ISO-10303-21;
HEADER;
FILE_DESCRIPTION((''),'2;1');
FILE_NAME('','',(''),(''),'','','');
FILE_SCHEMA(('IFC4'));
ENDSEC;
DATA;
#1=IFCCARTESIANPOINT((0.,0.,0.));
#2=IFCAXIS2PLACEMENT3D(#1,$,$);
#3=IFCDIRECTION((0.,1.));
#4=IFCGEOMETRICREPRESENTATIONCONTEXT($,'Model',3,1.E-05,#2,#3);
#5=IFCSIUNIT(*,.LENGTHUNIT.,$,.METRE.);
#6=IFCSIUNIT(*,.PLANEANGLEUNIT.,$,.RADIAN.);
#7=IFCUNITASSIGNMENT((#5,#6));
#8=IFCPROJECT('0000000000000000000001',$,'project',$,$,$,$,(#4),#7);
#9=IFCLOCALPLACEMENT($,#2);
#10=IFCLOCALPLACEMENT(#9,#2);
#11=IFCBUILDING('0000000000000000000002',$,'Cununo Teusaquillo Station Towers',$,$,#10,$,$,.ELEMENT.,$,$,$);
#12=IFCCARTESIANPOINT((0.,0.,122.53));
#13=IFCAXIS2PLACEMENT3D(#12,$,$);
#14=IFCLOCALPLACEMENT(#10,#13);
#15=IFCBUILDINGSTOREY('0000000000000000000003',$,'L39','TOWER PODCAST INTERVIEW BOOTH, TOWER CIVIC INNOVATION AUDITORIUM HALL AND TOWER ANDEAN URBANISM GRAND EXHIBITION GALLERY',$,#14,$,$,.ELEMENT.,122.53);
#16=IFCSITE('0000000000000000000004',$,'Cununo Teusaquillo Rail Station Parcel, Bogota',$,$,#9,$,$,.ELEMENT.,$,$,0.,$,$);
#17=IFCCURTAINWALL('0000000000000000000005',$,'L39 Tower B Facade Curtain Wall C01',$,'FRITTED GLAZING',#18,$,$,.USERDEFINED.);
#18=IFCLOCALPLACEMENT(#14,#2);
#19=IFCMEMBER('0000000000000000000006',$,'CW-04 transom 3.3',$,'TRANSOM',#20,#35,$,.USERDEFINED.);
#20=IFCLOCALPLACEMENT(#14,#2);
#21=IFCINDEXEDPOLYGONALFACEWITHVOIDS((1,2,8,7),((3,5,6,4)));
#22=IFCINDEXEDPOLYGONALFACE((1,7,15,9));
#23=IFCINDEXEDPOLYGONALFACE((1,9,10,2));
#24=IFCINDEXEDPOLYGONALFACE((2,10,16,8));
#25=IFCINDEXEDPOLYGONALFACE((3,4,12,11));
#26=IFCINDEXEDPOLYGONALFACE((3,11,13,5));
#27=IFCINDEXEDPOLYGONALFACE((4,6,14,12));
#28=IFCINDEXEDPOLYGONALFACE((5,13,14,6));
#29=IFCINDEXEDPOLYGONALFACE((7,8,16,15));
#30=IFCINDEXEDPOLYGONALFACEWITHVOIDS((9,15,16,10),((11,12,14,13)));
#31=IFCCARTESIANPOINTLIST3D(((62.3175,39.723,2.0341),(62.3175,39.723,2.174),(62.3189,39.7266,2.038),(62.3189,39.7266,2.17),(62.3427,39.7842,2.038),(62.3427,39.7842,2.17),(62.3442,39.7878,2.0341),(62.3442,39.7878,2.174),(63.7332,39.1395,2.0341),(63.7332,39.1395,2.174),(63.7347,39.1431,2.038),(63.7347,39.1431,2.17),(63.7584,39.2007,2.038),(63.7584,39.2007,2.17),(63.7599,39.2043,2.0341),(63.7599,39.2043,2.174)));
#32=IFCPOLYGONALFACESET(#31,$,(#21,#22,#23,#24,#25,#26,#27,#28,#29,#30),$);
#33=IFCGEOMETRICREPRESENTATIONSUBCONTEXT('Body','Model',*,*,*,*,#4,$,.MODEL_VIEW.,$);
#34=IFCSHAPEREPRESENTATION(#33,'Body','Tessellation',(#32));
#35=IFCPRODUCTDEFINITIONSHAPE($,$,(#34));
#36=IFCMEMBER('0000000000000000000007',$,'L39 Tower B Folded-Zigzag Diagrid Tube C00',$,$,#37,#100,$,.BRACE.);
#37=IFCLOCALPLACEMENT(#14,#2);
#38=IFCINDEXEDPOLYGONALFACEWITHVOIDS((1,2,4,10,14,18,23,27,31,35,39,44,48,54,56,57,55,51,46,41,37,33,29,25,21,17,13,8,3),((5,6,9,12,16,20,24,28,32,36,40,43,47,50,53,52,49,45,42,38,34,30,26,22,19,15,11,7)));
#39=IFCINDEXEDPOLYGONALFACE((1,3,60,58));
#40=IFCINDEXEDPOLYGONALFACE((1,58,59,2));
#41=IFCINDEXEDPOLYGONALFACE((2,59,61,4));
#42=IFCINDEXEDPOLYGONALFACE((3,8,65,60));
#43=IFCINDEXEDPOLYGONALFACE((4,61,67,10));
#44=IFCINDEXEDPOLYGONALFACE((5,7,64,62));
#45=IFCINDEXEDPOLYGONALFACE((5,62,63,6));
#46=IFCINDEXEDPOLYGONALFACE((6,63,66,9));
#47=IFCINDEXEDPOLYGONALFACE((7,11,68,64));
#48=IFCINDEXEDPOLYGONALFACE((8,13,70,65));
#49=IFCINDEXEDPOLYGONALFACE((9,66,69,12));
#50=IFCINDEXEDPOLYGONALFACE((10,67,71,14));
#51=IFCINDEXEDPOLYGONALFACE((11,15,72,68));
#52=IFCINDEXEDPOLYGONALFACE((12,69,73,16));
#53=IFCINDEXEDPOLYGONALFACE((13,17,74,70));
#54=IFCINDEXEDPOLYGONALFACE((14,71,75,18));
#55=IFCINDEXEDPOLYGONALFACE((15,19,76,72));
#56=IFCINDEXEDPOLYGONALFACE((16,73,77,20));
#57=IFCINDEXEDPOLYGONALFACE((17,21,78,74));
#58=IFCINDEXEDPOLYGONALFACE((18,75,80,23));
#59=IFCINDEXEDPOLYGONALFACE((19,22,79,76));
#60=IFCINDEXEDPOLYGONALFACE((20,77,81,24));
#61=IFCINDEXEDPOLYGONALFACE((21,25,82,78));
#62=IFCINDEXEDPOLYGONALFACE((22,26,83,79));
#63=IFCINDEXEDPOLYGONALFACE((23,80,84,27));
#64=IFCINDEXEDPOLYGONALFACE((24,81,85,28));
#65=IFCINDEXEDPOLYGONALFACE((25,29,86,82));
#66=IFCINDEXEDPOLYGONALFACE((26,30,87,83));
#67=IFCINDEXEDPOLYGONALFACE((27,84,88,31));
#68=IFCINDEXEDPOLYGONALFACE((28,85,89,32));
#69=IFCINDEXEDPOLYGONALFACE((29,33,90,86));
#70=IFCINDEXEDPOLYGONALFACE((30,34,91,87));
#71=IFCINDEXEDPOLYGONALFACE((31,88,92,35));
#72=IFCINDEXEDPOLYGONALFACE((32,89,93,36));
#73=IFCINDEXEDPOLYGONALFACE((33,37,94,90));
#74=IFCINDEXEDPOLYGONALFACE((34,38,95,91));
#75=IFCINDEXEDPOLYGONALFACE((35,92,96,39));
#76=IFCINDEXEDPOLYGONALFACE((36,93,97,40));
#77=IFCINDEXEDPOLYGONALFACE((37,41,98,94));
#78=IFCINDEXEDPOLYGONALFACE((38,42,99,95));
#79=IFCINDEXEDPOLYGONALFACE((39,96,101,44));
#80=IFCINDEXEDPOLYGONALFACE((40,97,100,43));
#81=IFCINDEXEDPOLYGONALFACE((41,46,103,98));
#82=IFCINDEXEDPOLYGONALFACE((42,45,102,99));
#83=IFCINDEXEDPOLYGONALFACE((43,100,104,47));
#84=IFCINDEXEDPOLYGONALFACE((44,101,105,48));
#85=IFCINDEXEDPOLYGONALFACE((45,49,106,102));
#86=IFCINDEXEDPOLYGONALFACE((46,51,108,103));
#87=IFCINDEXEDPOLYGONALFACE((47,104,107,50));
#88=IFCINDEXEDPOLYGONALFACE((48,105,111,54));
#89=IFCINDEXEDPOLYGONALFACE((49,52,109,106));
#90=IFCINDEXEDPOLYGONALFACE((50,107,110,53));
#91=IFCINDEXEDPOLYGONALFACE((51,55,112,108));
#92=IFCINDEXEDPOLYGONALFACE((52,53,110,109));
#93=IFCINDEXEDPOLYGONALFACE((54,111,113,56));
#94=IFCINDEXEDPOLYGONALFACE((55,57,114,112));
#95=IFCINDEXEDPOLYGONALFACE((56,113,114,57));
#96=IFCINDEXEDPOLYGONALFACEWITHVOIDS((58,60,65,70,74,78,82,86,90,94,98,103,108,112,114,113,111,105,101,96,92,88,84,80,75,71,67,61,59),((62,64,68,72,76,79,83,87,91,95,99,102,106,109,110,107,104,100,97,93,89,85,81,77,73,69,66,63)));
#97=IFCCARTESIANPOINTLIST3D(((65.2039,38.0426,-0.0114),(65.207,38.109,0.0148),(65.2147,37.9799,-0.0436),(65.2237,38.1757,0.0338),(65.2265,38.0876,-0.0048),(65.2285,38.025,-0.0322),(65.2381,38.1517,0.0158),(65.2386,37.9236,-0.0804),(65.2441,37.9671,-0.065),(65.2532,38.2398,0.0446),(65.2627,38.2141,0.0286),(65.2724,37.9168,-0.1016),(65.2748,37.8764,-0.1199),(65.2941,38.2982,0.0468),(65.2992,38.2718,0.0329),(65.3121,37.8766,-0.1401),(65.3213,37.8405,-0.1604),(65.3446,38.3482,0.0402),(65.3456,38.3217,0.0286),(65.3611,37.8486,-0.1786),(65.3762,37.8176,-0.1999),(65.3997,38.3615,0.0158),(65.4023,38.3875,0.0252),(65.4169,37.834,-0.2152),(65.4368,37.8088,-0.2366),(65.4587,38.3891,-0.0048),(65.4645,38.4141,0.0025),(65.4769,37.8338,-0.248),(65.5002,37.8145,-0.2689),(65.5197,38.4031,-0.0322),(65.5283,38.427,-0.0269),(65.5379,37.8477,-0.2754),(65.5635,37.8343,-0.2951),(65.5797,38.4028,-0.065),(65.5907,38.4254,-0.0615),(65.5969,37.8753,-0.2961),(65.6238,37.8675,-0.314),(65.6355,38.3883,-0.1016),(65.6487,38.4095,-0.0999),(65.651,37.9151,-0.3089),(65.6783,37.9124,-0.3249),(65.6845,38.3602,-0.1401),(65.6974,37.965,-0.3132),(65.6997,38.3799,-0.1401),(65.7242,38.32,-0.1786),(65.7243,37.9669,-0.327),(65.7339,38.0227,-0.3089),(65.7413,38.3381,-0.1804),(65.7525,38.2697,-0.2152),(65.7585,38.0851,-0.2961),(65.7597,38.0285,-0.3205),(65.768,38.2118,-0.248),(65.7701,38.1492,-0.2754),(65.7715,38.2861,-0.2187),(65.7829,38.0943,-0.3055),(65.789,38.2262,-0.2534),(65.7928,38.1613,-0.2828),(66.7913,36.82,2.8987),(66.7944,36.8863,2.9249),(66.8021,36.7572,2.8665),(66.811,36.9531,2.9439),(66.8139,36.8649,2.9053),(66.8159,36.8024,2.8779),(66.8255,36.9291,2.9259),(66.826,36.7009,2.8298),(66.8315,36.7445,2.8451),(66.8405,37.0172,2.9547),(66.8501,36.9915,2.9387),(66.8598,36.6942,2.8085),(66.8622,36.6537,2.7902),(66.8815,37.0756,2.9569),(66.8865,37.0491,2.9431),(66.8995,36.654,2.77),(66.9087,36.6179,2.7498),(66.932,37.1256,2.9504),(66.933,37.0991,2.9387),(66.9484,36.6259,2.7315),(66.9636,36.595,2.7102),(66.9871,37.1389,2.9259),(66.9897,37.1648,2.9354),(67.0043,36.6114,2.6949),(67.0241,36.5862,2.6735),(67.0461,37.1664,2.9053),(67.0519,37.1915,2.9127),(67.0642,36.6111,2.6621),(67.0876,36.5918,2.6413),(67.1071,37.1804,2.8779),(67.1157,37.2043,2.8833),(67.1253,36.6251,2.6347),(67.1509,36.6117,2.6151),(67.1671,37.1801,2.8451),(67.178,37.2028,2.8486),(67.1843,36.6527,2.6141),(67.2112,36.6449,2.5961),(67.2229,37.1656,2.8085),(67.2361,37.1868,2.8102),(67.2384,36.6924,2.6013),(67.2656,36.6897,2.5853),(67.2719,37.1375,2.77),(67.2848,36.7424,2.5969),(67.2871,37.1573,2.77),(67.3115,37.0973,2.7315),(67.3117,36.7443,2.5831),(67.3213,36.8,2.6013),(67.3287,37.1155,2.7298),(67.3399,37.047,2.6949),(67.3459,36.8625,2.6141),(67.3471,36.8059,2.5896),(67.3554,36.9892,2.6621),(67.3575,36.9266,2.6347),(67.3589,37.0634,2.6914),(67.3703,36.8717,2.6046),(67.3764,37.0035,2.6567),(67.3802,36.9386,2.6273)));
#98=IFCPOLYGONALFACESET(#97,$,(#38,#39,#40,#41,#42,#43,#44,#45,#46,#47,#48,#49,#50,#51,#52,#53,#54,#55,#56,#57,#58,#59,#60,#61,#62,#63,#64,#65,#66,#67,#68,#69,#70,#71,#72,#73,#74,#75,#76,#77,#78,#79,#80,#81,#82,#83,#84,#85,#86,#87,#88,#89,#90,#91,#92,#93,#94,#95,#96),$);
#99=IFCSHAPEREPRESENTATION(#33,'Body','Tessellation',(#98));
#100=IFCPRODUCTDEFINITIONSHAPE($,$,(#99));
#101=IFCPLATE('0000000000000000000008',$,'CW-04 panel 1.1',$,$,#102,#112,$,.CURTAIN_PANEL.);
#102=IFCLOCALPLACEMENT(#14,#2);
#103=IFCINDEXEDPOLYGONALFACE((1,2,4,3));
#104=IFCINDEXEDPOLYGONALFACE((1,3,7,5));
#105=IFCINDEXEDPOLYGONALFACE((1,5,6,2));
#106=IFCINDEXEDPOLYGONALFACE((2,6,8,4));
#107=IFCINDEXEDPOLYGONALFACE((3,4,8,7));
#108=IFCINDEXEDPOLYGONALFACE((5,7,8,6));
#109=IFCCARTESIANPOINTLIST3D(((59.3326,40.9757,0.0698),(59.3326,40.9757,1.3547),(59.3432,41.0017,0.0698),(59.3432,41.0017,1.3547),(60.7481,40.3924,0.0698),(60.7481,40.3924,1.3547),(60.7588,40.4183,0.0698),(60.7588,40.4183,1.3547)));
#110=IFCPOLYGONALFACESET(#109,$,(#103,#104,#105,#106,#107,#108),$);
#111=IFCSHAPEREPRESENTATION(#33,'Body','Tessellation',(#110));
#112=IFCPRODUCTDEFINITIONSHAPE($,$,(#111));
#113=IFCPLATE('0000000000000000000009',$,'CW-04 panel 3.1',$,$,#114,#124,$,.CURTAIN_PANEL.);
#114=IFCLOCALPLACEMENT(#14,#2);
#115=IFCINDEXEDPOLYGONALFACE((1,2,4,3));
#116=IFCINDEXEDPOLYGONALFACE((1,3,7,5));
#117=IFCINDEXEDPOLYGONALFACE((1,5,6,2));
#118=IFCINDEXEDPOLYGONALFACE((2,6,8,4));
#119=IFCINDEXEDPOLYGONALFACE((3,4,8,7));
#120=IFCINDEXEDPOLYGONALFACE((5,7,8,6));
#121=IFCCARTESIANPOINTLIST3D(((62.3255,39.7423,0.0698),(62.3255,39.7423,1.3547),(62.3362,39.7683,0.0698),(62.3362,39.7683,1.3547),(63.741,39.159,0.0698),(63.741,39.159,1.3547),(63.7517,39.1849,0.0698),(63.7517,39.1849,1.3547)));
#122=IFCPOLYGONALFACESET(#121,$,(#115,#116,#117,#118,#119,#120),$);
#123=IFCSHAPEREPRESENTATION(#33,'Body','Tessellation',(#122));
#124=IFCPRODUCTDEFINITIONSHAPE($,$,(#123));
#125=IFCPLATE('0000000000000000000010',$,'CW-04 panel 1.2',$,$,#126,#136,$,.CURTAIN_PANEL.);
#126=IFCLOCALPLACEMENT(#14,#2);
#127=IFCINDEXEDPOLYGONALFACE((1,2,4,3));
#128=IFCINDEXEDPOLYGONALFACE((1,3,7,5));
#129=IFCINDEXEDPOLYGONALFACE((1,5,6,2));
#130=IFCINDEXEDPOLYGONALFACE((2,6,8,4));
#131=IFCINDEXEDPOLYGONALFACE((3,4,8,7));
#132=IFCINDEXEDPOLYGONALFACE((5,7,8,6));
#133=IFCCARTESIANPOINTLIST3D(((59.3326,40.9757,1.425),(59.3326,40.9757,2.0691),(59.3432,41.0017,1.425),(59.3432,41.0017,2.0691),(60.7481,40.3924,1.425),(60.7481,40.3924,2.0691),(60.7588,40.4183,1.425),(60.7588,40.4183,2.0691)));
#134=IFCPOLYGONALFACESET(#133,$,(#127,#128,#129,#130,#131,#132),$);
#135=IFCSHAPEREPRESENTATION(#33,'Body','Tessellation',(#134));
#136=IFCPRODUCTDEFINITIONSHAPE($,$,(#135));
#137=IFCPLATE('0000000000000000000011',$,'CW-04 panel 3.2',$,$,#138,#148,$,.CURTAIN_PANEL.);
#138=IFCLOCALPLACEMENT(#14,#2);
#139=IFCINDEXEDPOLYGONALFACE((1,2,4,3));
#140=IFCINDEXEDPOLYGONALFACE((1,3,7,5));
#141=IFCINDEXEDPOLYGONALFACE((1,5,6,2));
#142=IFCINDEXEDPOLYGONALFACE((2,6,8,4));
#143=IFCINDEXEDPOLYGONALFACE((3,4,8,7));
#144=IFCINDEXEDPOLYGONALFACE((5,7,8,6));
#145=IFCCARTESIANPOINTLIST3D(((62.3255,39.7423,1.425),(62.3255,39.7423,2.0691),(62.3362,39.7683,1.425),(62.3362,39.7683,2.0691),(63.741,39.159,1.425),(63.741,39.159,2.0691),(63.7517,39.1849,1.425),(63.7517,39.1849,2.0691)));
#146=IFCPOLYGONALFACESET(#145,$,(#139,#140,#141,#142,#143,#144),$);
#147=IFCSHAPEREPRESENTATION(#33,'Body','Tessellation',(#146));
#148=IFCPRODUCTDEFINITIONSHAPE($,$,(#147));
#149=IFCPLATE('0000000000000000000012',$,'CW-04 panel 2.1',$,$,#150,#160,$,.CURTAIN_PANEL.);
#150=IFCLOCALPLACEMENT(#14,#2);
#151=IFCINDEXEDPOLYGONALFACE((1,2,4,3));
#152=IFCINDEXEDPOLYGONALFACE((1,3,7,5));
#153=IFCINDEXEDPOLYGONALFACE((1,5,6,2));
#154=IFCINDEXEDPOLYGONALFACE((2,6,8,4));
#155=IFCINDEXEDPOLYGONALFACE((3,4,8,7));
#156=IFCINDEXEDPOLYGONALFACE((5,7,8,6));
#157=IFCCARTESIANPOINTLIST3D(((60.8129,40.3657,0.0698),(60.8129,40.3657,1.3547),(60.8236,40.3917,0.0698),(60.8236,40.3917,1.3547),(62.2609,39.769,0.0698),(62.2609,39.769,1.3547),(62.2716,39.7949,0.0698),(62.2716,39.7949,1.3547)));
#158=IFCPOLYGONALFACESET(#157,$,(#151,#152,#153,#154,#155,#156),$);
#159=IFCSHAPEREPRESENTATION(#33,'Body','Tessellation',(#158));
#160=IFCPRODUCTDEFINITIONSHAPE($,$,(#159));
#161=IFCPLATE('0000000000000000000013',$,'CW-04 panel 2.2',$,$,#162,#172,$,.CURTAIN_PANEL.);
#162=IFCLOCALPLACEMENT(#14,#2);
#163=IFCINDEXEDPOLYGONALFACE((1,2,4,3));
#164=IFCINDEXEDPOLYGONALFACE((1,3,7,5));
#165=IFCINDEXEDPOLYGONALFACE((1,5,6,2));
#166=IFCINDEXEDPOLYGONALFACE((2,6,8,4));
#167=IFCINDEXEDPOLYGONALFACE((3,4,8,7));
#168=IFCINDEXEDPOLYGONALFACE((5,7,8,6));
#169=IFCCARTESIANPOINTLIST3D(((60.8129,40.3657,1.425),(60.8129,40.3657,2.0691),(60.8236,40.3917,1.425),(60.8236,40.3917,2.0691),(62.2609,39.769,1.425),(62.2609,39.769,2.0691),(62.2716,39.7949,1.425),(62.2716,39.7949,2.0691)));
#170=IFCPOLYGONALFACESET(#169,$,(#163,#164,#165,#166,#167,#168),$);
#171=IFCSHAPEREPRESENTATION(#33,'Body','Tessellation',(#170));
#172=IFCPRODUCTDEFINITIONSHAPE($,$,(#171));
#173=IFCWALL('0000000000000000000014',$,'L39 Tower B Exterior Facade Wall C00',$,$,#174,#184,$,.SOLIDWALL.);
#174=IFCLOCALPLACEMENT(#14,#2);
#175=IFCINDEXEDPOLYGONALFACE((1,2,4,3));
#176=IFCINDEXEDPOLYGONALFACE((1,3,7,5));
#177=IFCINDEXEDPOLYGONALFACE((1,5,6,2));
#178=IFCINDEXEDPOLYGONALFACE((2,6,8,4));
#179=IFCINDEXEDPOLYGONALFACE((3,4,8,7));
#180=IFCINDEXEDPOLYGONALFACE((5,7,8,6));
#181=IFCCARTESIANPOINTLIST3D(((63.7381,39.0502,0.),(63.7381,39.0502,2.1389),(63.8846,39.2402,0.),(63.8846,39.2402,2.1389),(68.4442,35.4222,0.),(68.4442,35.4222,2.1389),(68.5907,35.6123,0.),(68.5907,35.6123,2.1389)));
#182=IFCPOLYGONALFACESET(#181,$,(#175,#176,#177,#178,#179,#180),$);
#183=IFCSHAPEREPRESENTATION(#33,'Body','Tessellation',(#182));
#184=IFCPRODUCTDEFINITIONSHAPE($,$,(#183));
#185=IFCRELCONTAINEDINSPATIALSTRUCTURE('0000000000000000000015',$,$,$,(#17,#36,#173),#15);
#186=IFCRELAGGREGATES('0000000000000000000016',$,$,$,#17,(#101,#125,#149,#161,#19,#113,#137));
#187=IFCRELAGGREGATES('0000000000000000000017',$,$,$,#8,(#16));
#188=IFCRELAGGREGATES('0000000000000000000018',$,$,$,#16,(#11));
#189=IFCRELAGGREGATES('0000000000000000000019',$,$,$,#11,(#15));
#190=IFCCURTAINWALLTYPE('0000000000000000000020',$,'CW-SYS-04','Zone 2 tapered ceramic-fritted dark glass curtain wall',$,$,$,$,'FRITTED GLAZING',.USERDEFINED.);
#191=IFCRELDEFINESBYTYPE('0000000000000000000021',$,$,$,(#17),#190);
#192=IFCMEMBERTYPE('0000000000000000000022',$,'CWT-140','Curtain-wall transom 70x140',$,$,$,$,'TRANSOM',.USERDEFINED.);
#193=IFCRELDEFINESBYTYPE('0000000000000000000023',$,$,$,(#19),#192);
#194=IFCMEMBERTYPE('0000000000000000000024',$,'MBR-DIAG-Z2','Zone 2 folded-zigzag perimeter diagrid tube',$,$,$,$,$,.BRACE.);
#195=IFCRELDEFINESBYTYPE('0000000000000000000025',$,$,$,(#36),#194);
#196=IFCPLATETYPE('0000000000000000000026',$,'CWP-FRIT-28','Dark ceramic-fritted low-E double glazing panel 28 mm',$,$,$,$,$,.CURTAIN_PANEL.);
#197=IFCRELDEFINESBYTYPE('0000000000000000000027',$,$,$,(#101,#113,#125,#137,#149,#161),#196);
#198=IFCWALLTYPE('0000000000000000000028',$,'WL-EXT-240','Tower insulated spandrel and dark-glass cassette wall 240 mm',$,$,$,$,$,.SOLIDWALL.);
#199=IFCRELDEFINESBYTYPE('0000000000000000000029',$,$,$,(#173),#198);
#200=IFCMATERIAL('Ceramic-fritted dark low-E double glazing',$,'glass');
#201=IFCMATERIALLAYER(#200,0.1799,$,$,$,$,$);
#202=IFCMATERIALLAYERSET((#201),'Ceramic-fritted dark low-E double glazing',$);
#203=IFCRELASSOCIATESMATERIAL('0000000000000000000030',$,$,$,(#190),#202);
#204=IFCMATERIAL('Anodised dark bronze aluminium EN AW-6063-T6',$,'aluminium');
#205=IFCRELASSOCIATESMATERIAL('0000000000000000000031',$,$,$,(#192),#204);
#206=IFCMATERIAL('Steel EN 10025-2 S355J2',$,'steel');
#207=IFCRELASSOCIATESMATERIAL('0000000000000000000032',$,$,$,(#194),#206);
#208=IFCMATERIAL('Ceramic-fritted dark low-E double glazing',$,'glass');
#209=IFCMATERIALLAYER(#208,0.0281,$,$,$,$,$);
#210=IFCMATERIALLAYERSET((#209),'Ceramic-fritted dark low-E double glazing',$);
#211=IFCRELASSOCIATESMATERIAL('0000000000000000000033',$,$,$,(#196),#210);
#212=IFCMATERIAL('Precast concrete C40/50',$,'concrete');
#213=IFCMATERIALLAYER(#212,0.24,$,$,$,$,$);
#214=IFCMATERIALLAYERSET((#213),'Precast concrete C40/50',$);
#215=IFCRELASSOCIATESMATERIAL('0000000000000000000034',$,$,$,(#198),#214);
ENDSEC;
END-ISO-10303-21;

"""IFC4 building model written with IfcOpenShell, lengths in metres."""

from ifc_helpers import new_model, si_unit, direction, frame, frame_2d, origin, origin_2d, place, context, subcontext, project, spatial, rectangle, hollow_rectangle, hollow_circle, extrude, source, transform, mapped, material, layer, layer_set, material_profile, profile_set, type_object, element, aggregate, save


model = new_model("IFC4")

# Units and contexts
model_context = context("Model", 3, precision=1e-05, world=origin(), true_north=direction((0.0, 1.0)))
body_context = subcontext(model_context, "Body", "Model", "MODEL_VIEW")
ifc_project = project(units=[si_unit("LENGTHUNIT", "METRE"), si_unit("PLANEANGLEUNIT", "RADIAN")], contexts=[model_context])

# Site, building, storey
site_placement = place(None, origin())
site = spatial("IfcSite", under=ifc_project, at=site_placement, Name="Cununo Teusaquillo Rail Station Parcel, Bogota", CompositionType="ELEMENT", RefElevation=0.0)
building_placement = place(site_placement, origin())
building = spatial("IfcBuilding", under=site, at=building_placement, Name="Cununo Teusaquillo Station Towers", CompositionType="ELEMENT")
storey_placement = place(building_placement, frame((0.0, 0.0, 122.53)))
storey = spatial("IfcBuildingStorey", under=building, at=storey_placement, Name="L39", Description="TOWER PODCAST INTERVIEW BOOTH, TOWER CIVIC INNOVATION AUDITORIUM HALL AND TOWER ANDEAN URBANISM GRAND EXHIBITION GALLERY", CompositionType="ELEMENT", Elevation=122.53)

# Curtain wall, member
ifc_material_1 = material(Name="Ceramic-fritted dark low-E double glazing", Category="glass")
ifc_layer_1 = layer(ifc_material_1, 0.1799)
ifc_layer_set_1 = layer_set([ifc_layer_1], Name="Ceramic-fritted dark low-E double glazing")
curtain_wall_type = type_object("IfcCurtainWallType", Name="CW-SYS-04", Description="Zone 2 tapered ceramic-fritted dark glass curtain wall", ElementType="FRITTED GLAZING", PredefinedType="USERDEFINED", material=ifc_layer_set_1)
curtain_wall_placement = place(storey_placement, origin())
curtain_wall = element("IfcCurtainWall", 1, at=curtain_wall_placement, inside=storey, type_object=curtain_wall_type, Name="L39 Tower B Facade Curtain Wall C01", ObjectType="FRITTED GLAZING", PredefinedType="USERDEFINED")
ifc_material_2 = material(Name="Anodised dark bronze aluminium EN AW-6063-T6", Category="aluminium")
ifc_material_profile_1 = material_profile(ifc_material_2, hollow_rectangle(XDim=0.0701, YDim=0.1399, WallThickness=0.0039, at=origin_2d()), Name="CW-TRAN-70x140")
ifc_profile_set_1 = profile_set([ifc_material_profile_1], Name="Anodised dark bronze aluminium EN AW-6063-T6")
member_type_1 = type_object("IfcMemberType", Name="CWT-140", Description="Curtain-wall transom 70x140", ElementType="TRANSOM", PredefinedType="USERDEFINED", material=ifc_profile_set_1)
member_1_placement = place(storey_placement, frame((62.3308, 39.7554, 2.104), z_axis=(0.924556, -0.381046, 0.0), x_axis=(0.381046, 0.924556, 0.0)))
member_1 = element("IfcMember", 2, at=member_1_placement, type_object=member_type_1, Name="CW-04 transom 3.3", ObjectType="TRANSOM", PredefinedType="USERDEFINED", context=body_context, shape_type="SweptSolid", body=[
    extrude(hollow_rectangle(XDim=0.0701, YDim=0.1399, WallThickness=0.0039, at=origin_2d()), origin(), (0.0, 0.0, 1.0), 1.5312),
])

# Member
ifc_material_3 = material(Name="Steel EN 10025-2 S355J2", Category="steel")
ifc_material_profile_2 = material_profile(ifc_material_3, hollow_circle(Radius=0.3301, WallThickness=0.0249, at=origin_2d()), Name="CHS 660x25")
ifc_profile_set_2 = profile_set([ifc_material_profile_2], Name="Steel EN 10025-2 S355J2")
member_type_2 = type_object("IfcMemberType", Name="MBR-DIAG-Z2", Description="Zone 2 folded-zigzag perimeter diagrid tube", PredefinedType="BRACE", material=ifc_profile_set_2)
member_2_placement = place(storey_placement, frame((65.4983, 38.1184, -0.1401), z_axis=(0.449277, -0.346044, 0.823652), x_axis=(0.610205, 0.792243, 0.0)))
element("IfcMember", 3, at=member_2_placement, inside=storey, type_object=member_type_2, Name="L39 Tower B Folded-Zigzag Diagrid Tube C00", PredefinedType="BRACE", context=body_context, shape_type="SweptSolid", body=[
    extrude(hollow_circle(Radius=0.3301, WallThickness=0.0249, at=origin_2d()), origin(), (0.0, 0.0, 1.0), 3.5332),
])

# Plates
ifc_material_4 = material(Name="Ceramic-fritted dark low-E double glazing", Category="glass")
ifc_layer_2 = layer(ifc_material_4, 0.0281)
ifc_layer_set_2 = layer_set([ifc_layer_2], Name="Ceramic-fritted dark low-E double glazing")
plate_type = type_object("IfcPlateType", Name="CWP-FRIT-28", Description="Dark ceramic-fritted low-E double glazing panel 28 mm", PredefinedType="CURTAIN_PANEL", material=ifc_layer_set_2)
shared_shape_1 = source(origin(), body_context, "Body", "SweptSolid", [
    extrude(rectangle(XDim=1.531, YDim=0.0281, at=origin_2d()), origin(), (0.0, 0.0, 1.0), 1.2849),
])
plate_1_placement = place(storey_placement, frame((60.0457, 40.697, 0.0698), z_axis=(0.0, 0.0, 1.0), x_axis=(0.924562, -0.381031, 0.0)))
plate_1 = element("IfcPlate", 4, at=plate_1_placement, type_object=plate_type, Name="CW-04 panel 1.1", PredefinedType="CURTAIN_PANEL", context=body_context, shape_type="MappedRepresentation", body=[
    mapped(shared_shape_1, transform((0.0, 0.0, 0.0), x_axis=(1.0, 0.0, 0.0), y_axis=(0.0, 1.0, 0.0), z_axis=(0.0, 0.0, 1.0), scale=1.0)),
])
plate_2_placement = place(storey_placement, frame((63.0386, 39.4636, 0.0698), z_axis=(0.0, 0.0, 1.0), x_axis=(0.924562, -0.381031, 0.0)))
plate_2 = element("IfcPlate", 5, at=plate_2_placement, type_object=plate_type, Name="CW-04 panel 3.1", PredefinedType="CURTAIN_PANEL", context=body_context, shape_type="MappedRepresentation", body=[
    mapped(shared_shape_1, transform((0.0, 0.0, 0.0), x_axis=(1.0, 0.0, 0.0), y_axis=(0.0, 1.0, 0.0), z_axis=(0.0, 0.0, 1.0), scale=1.0)),
])
shared_shape_2 = source(origin(), body_context, "Body", "SweptSolid", [
    extrude(rectangle(XDim=1.531, YDim=0.0281, at=origin_2d()), origin(), (0.0, 0.0, 1.0), 0.644),
])
plate_3_placement = place(storey_placement, frame((60.0457, 40.697, 1.425), z_axis=(0.0, 0.0, 1.0), x_axis=(0.924562, -0.381031, 0.0)))
plate_3 = element("IfcPlate", 6, at=plate_3_placement, type_object=plate_type, Name="CW-04 panel 1.2", PredefinedType="CURTAIN_PANEL", context=body_context, shape_type="MappedRepresentation", body=[
    mapped(shared_shape_2, transform((0.0, 0.0, 0.0), x_axis=(1.0, 0.0, 0.0), y_axis=(0.0, 1.0, 0.0), z_axis=(0.0, 0.0, 1.0), scale=1.0)),
])
plate_4_placement = place(storey_placement, frame((63.0386, 39.4636, 1.425), z_axis=(0.0, 0.0, 1.0), x_axis=(0.924562, -0.381031, 0.0)))
plate_4 = element("IfcPlate", 7, at=plate_4_placement, type_object=plate_type, Name="CW-04 panel 3.2", PredefinedType="CURTAIN_PANEL", context=body_context, shape_type="MappedRepresentation", body=[
    mapped(shared_shape_2, transform((0.0, 0.0, 0.0), x_axis=(1.0, 0.0, 0.0), y_axis=(0.0, 1.0, 0.0), z_axis=(0.0, 0.0, 1.0), scale=1.0)),
])
shared_shape_3 = source(origin(), body_context, "Body", "SweptSolid", [
    extrude(rectangle(XDim=1.5662, YDim=0.0281, at=origin_2d()), origin(), (0.0, 0.0, 1.0), 1.2849),
])
plate_5_placement = place(storey_placement, frame((61.5422, 40.0803, 0.0698), z_axis=(0.0, 0.0, 1.0), x_axis=(0.924562, -0.381031, 0.0)))
plate_5 = element("IfcPlate", 8, at=plate_5_placement, type_object=plate_type, Name="CW-04 panel 2.1", PredefinedType="CURTAIN_PANEL", context=body_context, shape_type="MappedRepresentation", body=[
    mapped(shared_shape_3, transform((0.0, 0.0, 0.0), x_axis=(1.0, 0.0, 0.0), y_axis=(0.0, 1.0, 0.0), z_axis=(0.0, 0.0, 1.0), scale=1.0)),
])
shared_shape_4 = source(origin(), body_context, "Body", "SweptSolid", [
    extrude(rectangle(XDim=1.5662, YDim=0.0281, at=origin_2d()), origin(), (0.0, 0.0, 1.0), 0.644),
])
plate_6_placement = place(storey_placement, frame((61.5422, 40.0803, 1.425), z_axis=(0.0, 0.0, 1.0), x_axis=(0.924562, -0.381031, 0.0)))
plate_6 = element("IfcPlate", 9, at=plate_6_placement, type_object=plate_type, Name="CW-04 panel 2.2", PredefinedType="CURTAIN_PANEL", context=body_context, shape_type="MappedRepresentation", body=[
    mapped(shared_shape_4, transform((0.0, 0.0, 0.0), x_axis=(1.0, 0.0, 0.0), y_axis=(0.0, 1.0, 0.0), z_axis=(0.0, 0.0, 1.0), scale=1.0)),
])
aggregate(curtain_wall, [plate_1, plate_3, plate_5, plate_6, member_1, plate_2, plate_4])

# Wall
ifc_material_5 = material(Name="Precast concrete C40/50", Category="concrete")
ifc_layer_3 = layer(ifc_material_5, 0.24)
ifc_layer_set_3 = layer_set([ifc_layer_3], Name="Precast concrete C40/50")
wall_type = type_object("IfcWallType", Name="WL-EXT-240", Description="Tower insulated spandrel and dark-glass cassette wall 240 mm", PredefinedType="SOLIDWALL", material=ifc_layer_set_3)
wall_1_placement = place(storey_placement, frame((63.8113, 39.1453, 0.0), z_axis=(0.0, 0.0, 1.0), x_axis=(0.791982, -0.610544, 0.0)))
element("IfcWall", 10, at=wall_1_placement, inside=storey, type_object=wall_type, Name="L39 Tower B Exterior Facade Wall C00", PredefinedType="SOLIDWALL", context=body_context, shape_type="SweptSolid", body=[
    extrude(rectangle(XDim=5.9421, YDim=0.24, at=frame_2d((2.9712, 0.0))), origin(), (0.0, 0.0, 1.0), 2.1389),
])

save(model, "model.ifc")
